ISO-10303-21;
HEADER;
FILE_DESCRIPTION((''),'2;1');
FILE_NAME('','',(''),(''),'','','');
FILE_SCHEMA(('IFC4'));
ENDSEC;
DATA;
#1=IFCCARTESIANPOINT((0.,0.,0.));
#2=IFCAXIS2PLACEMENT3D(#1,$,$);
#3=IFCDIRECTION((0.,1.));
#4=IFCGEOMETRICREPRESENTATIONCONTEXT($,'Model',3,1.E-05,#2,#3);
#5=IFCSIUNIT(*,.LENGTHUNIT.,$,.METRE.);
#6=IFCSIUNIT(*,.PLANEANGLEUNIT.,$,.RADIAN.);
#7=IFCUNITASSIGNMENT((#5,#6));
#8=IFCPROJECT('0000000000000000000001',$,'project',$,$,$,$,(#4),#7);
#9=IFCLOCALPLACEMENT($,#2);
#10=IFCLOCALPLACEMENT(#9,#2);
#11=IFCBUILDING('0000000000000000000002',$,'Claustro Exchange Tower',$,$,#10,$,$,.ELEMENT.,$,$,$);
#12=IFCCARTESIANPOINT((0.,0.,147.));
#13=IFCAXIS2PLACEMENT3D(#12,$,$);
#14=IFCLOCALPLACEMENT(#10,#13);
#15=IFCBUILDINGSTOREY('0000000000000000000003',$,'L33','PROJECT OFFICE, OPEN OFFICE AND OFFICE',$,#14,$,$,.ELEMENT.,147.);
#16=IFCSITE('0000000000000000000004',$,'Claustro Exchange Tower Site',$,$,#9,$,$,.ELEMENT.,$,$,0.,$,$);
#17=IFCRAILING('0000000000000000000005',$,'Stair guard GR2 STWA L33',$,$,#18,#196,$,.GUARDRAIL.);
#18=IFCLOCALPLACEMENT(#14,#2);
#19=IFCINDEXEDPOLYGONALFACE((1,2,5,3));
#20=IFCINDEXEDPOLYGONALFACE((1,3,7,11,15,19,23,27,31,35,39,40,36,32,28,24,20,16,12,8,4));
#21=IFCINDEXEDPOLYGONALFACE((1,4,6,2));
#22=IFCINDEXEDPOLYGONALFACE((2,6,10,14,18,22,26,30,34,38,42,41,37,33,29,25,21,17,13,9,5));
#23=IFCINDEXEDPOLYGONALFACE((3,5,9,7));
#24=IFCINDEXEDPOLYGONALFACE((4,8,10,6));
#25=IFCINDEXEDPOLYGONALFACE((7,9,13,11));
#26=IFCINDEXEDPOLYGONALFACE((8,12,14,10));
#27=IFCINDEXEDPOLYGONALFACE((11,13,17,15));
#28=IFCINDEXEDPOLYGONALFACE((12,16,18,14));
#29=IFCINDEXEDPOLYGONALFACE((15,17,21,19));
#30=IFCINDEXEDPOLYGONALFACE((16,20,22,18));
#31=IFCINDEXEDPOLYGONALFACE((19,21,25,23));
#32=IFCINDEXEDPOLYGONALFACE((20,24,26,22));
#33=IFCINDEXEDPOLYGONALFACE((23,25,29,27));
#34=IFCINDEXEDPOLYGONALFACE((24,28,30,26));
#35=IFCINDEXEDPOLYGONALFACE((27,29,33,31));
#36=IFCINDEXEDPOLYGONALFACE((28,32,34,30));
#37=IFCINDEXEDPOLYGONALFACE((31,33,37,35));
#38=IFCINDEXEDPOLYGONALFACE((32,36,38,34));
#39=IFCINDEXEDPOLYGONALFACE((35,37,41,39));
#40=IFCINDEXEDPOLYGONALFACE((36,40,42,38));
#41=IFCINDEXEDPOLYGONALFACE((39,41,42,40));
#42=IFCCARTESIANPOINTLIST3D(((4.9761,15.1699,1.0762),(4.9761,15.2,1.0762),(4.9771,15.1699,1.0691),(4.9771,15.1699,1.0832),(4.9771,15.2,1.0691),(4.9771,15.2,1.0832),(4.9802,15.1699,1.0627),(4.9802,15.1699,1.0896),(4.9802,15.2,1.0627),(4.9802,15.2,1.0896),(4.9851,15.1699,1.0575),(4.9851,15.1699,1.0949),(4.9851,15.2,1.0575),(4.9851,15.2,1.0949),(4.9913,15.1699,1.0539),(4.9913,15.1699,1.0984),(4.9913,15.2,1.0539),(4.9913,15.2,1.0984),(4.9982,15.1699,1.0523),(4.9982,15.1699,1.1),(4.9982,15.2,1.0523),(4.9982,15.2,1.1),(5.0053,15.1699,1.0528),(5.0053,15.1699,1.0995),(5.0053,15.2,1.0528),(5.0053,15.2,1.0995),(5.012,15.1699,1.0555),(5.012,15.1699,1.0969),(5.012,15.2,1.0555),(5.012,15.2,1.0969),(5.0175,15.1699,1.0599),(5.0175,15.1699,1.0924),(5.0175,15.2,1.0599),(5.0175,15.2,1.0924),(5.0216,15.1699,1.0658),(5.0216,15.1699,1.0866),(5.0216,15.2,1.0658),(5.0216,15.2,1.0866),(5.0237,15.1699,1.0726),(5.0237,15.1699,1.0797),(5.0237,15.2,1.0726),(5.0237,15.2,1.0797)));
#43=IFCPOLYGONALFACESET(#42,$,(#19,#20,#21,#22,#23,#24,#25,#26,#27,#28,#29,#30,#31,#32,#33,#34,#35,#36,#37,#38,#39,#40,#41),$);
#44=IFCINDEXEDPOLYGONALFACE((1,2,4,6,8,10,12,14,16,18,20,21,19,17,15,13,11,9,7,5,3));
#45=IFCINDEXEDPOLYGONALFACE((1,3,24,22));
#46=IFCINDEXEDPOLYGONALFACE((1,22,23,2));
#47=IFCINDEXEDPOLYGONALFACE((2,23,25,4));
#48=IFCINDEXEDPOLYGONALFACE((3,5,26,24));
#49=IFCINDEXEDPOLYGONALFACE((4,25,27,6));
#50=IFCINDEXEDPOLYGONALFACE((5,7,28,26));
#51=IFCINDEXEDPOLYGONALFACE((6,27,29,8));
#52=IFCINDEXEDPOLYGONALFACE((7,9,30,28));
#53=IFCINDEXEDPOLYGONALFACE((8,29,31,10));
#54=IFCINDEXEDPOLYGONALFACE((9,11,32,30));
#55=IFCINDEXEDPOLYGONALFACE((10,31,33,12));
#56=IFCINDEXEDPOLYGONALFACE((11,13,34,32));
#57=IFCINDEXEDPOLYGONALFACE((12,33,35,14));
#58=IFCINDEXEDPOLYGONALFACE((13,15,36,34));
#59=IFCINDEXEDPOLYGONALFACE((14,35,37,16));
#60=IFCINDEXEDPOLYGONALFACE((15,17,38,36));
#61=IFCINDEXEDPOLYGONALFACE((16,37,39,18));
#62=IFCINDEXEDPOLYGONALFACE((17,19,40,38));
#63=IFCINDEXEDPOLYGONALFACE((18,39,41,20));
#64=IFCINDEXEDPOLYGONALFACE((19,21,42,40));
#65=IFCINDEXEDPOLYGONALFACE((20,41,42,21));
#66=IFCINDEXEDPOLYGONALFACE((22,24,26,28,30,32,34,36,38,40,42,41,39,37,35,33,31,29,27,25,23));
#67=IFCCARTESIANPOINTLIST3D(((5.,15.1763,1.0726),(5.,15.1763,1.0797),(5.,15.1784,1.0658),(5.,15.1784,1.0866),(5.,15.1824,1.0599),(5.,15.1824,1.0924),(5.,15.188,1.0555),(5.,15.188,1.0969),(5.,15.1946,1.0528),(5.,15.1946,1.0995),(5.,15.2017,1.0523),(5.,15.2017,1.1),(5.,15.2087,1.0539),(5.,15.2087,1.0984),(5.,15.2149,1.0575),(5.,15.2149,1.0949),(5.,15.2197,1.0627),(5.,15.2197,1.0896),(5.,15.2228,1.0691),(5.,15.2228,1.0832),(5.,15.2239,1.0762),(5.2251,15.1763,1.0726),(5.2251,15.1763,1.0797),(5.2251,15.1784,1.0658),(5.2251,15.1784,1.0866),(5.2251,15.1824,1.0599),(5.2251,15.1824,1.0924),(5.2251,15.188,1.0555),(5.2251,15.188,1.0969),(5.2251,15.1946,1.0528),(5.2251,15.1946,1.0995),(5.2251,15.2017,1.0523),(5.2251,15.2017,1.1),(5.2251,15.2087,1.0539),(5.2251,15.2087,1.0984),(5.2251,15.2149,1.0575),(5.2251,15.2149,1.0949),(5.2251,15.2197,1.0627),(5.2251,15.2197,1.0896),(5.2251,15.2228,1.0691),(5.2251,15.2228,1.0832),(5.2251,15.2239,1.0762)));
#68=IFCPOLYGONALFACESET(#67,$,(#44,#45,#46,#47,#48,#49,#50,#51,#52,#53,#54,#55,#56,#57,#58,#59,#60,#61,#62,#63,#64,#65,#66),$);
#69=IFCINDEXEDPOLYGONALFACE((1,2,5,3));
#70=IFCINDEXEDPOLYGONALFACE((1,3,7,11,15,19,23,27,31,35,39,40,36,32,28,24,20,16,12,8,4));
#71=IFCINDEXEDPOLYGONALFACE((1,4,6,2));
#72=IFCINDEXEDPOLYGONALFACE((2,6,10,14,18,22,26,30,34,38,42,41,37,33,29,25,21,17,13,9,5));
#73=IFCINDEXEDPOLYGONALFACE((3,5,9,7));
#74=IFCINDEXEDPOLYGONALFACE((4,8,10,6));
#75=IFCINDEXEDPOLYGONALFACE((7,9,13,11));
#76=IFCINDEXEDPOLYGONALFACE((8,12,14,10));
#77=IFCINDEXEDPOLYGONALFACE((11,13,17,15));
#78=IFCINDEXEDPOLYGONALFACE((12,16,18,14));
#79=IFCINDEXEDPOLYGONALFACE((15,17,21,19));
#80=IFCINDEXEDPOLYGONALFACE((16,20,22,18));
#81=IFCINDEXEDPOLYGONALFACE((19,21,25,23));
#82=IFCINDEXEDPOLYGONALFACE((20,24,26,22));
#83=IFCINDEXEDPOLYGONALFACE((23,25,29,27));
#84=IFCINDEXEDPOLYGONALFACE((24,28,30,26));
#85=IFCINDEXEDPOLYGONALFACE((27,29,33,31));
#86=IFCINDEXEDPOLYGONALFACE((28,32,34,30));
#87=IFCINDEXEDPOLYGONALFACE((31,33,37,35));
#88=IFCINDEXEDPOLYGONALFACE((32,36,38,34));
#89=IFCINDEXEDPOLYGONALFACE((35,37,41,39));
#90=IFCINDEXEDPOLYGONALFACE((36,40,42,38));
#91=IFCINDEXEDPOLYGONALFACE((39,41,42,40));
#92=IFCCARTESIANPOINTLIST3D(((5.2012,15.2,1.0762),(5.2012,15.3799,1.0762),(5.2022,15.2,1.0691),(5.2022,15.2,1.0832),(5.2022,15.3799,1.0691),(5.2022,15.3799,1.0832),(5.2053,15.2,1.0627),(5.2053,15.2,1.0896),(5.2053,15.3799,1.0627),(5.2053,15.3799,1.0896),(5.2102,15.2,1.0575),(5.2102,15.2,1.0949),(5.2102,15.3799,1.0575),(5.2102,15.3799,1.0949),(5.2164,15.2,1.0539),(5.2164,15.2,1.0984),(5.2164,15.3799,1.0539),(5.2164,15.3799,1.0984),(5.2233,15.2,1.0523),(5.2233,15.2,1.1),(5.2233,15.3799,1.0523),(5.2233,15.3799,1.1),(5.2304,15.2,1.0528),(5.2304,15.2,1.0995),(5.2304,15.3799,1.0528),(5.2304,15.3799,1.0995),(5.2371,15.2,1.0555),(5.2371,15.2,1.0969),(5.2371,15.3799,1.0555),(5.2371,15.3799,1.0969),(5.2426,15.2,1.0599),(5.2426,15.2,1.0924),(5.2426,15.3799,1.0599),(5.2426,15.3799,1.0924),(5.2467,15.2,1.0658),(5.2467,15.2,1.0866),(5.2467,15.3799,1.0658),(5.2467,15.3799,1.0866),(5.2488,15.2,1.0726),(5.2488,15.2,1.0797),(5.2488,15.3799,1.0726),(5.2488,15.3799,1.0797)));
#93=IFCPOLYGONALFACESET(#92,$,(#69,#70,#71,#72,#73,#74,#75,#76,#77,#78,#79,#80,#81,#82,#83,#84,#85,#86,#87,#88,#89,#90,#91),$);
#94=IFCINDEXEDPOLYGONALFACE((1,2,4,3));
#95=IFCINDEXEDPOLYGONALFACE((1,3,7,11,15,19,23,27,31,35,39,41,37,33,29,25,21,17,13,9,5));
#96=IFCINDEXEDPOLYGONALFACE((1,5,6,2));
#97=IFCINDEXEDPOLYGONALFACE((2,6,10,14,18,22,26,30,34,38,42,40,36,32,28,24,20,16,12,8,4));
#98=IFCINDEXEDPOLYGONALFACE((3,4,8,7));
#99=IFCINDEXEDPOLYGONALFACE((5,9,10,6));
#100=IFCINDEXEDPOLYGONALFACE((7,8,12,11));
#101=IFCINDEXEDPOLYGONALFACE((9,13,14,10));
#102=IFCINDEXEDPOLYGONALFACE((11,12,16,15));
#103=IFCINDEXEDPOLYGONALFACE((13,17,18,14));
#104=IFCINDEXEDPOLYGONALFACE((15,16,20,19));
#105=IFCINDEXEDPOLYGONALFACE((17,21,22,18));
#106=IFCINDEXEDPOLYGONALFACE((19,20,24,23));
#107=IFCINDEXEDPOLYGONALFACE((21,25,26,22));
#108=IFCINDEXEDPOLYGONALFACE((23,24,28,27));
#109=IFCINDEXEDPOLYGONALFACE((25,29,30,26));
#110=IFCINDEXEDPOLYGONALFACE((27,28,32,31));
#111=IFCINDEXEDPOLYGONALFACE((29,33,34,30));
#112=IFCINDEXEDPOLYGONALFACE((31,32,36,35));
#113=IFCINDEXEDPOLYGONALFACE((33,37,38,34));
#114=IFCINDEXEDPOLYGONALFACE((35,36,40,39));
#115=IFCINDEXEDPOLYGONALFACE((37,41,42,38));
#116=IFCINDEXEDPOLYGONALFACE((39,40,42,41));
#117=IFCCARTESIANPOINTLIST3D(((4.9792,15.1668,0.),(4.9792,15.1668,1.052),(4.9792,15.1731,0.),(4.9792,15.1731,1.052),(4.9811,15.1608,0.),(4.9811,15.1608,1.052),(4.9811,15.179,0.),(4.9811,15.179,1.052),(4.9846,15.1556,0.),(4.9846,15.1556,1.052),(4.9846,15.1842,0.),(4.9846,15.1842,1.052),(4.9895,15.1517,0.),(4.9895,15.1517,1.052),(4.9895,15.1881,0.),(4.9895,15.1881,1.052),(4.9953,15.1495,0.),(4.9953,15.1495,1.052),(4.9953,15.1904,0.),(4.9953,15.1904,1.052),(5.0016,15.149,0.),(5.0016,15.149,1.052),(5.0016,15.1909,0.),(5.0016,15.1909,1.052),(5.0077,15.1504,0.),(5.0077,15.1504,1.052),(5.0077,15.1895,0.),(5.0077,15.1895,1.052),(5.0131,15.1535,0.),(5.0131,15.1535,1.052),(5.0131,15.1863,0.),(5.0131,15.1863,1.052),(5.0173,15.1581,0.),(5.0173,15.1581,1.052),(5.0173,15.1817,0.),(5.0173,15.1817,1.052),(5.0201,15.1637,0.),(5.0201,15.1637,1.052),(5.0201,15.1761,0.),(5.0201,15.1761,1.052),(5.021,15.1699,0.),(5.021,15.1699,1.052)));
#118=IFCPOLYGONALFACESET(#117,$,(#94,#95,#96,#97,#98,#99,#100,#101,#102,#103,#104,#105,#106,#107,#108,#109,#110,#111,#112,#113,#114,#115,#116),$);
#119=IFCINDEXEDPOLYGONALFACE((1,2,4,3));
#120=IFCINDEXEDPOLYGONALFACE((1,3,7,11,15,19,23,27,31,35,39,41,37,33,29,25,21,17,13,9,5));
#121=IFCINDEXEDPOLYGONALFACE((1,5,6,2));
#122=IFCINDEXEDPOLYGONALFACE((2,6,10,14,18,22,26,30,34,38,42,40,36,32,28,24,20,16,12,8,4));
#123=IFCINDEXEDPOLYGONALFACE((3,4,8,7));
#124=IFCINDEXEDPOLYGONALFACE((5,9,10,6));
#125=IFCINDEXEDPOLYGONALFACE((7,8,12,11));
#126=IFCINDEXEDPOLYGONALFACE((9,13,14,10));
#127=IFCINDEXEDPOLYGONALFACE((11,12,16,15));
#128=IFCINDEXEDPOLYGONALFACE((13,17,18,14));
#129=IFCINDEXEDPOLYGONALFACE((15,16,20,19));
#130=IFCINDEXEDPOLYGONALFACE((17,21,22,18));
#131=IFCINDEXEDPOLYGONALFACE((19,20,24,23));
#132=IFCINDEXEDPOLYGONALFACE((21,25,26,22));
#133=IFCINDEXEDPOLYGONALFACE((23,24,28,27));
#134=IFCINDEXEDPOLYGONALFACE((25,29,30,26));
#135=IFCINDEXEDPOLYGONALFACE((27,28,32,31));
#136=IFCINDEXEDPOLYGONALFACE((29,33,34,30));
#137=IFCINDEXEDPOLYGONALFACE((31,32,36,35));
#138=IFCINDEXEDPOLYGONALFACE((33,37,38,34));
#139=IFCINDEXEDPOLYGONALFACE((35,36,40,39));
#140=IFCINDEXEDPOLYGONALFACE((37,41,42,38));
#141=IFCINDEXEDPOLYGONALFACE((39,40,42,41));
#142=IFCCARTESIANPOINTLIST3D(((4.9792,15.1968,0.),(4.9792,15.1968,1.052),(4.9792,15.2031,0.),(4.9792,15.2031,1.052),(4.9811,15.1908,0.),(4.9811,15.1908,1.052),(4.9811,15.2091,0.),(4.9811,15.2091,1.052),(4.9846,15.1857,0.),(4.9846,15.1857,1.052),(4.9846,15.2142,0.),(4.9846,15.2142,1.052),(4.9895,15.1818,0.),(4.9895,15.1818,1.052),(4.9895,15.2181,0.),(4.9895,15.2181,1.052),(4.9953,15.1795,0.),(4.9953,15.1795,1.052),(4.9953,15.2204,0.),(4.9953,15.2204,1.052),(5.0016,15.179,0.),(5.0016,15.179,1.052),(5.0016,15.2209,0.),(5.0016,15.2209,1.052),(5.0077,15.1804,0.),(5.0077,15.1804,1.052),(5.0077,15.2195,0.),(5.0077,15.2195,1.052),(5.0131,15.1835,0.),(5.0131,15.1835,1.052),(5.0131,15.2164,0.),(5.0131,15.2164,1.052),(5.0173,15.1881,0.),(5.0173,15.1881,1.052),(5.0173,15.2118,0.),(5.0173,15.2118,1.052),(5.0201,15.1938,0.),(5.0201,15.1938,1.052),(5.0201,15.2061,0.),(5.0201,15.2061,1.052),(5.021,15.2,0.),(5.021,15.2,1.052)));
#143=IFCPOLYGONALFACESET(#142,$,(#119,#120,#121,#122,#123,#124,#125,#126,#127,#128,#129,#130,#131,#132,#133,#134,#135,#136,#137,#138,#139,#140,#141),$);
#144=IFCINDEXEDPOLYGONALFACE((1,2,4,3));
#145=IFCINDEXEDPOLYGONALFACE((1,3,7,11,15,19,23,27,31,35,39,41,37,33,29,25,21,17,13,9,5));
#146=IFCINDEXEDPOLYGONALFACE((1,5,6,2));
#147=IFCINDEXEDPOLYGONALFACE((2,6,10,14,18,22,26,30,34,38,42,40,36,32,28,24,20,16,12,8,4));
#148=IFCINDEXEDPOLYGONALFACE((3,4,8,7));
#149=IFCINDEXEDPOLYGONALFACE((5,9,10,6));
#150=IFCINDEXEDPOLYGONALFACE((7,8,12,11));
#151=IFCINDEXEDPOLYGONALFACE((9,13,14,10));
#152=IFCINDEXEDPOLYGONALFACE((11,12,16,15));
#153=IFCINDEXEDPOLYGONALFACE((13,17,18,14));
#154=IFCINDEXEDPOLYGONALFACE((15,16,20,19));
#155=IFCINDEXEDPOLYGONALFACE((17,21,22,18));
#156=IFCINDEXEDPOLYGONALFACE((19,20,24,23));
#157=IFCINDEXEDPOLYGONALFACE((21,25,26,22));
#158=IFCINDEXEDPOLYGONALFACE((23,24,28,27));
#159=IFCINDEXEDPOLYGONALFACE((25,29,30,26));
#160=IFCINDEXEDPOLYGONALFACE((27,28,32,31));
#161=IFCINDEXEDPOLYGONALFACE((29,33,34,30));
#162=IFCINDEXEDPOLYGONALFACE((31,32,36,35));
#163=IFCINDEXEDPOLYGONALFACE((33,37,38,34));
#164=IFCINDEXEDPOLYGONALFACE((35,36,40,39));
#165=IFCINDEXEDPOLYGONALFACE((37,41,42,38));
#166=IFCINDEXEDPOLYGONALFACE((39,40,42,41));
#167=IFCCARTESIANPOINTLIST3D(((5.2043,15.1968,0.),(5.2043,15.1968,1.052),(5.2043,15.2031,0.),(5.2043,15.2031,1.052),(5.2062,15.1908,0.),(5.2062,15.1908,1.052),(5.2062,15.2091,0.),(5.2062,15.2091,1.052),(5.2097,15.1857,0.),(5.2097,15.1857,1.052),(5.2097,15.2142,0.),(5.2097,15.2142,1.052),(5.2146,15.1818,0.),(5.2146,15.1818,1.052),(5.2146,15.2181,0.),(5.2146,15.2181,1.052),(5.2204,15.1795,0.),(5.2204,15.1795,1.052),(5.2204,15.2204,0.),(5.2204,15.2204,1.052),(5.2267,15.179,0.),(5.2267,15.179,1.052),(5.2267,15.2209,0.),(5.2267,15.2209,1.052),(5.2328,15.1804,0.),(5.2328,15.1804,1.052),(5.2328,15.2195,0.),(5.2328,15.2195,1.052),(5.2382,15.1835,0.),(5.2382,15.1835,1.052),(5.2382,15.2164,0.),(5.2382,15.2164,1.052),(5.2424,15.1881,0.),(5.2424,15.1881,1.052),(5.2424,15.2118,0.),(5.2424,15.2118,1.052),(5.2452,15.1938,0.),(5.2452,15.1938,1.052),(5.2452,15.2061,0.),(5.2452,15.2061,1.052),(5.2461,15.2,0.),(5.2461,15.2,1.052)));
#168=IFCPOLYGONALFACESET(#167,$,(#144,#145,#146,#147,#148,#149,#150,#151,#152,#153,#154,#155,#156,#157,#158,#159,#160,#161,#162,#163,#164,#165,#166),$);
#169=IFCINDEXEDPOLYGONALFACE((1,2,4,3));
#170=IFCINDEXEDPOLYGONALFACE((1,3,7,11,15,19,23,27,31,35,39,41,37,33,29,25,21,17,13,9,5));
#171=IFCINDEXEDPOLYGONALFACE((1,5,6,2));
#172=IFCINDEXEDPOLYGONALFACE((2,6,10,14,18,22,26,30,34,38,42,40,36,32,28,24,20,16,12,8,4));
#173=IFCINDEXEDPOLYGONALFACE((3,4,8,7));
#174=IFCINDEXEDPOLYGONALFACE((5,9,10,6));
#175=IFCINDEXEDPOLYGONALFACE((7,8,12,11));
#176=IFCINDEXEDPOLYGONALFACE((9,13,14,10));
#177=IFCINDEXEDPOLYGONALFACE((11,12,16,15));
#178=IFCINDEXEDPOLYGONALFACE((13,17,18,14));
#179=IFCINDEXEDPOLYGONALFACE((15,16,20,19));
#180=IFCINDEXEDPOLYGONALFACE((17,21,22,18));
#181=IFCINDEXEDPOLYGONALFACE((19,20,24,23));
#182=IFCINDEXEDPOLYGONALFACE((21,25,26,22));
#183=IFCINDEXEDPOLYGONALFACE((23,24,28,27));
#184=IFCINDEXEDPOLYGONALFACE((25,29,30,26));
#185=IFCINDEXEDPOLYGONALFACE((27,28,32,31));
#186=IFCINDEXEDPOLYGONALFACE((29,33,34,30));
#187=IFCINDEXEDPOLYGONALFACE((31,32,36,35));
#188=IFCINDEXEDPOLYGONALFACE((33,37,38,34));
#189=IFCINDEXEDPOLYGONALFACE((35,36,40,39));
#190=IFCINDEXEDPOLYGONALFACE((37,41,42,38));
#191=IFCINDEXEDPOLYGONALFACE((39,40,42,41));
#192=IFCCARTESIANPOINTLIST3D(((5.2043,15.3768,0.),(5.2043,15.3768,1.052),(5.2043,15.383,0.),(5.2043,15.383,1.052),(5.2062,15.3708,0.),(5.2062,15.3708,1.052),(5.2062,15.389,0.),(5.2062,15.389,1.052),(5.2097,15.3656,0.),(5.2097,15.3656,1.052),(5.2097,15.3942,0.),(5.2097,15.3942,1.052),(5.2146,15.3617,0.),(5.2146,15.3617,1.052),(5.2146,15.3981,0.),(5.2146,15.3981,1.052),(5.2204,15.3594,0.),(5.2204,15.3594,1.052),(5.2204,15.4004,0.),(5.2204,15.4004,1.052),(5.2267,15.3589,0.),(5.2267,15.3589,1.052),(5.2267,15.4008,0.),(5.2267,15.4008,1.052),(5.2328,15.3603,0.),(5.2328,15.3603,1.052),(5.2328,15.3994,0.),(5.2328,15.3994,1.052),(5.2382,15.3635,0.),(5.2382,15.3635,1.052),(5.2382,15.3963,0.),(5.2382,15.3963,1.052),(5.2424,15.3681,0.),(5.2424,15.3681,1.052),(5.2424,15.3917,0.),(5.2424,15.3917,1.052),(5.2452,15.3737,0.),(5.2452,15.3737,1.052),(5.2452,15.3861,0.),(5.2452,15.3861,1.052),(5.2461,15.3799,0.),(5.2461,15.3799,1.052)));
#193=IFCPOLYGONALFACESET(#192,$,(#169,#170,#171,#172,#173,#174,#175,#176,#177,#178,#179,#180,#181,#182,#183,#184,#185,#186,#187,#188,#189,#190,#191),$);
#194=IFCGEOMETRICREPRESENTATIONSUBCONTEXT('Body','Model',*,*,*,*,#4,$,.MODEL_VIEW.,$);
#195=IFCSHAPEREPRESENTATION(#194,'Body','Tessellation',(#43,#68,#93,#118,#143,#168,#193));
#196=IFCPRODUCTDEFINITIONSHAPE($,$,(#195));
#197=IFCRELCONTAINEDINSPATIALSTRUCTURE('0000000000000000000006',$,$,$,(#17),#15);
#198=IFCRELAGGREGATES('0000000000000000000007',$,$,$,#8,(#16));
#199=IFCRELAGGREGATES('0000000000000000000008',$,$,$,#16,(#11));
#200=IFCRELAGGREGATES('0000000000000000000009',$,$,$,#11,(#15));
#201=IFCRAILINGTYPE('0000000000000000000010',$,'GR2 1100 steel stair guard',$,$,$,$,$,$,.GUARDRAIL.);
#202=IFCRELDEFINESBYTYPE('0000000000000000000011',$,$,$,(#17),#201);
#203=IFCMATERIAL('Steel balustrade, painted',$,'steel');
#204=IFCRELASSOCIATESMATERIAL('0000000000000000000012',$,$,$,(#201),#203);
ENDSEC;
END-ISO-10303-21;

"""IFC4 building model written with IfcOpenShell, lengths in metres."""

from ifc_helpers import new_model, si_unit, direction, frame, origin, origin_2d, place, context, subcontext, project, spatial, circle, extrude, material, type_object, element, save


model = new_model("IFC4")

# Units and contexts
model_context = context("Model", 3, precision=1e-05, world=origin(), true_north=direction((0.0, 1.0)))
body_context = subcontext(model_context, "Body", "Model", "MODEL_VIEW")
ifc_project = project(units=[si_unit("LENGTHUNIT", "METRE"), si_unit("PLANEANGLEUNIT", "RADIAN")], contexts=[model_context])

# Site, building, storey
site_placement = place(None, origin())
site = spatial("IfcSite", under=ifc_project, at=site_placement, Name="Claustro Exchange Tower Site", CompositionType="ELEMENT", RefElevation=0.0)
building_placement = place(site_placement, origin())
building = spatial("IfcBuilding", under=site, at=building_placement, Name="Claustro Exchange Tower", CompositionType="ELEMENT")
storey_placement = place(building_placement, frame((0.0, 0.0, 147.0)))
storey = spatial("IfcBuildingStorey", under=building, at=storey_placement, Name="L33", Description="PROJECT OFFICE, OPEN OFFICE AND OFFICE", CompositionType="ELEMENT", Elevation=147.0)

# Railing
ifc_material_1 = material(Name="Steel balustrade, painted", Category="steel")
railing_type_1 = type_object("IfcRailingType", Name="GR2 1100 steel stair guard", PredefinedType="GUARDRAIL", material=ifc_material_1)
railing_1_placement = place(storey_placement, frame((5.0, 15.1699, 0.0)))
element("IfcRailing", 1, at=railing_1_placement, inside=storey, type_object=railing_type_1, Name="Stair guard GR2 STWA L33", PredefinedType="GUARDRAIL", context=body_context, shape_type="SweptSolid", body=[
    extrude(circle(Radius=0.0239, at=origin_2d()), frame((0.0, 0.0, 1.0762), z_axis=(0.0, 1.0, 0.0), x_axis=(-1.0, 0.0, 0.0)), (0.0, 0.0, 1.0), 0.03),
    extrude(circle(Radius=0.0239, at=origin_2d()), frame((0.0, 0.03, 1.0762), z_axis=(1.0, 0.0, 0.0), x_axis=(0.0, 1.0, 0.0)), (0.0, 0.0, 1.0), 0.2251),
    extrude(circle(Radius=0.0239, at=origin_2d()), frame((0.2251, 0.03, 1.0762), z_axis=(0.0, 1.0, 0.0), x_axis=(-1.0, 0.0, 0.0)), (0.0, 0.0, 1.0), 0.1799),
    extrude(circle(Radius=0.021, at=origin_2d()), origin(), (0.0, 0.0, 1.0), 1.052),
    extrude(circle(Radius=0.021, at=origin_2d()), frame((0.0, 0.03, 0.0)), (0.0, 0.0, 1.0), 1.052),
    extrude(circle(Radius=0.021, at=origin_2d()), frame((0.2251, 0.03, 0.0)), (0.0, 0.0, 1.0), 1.052),
    extrude(circle(Radius=0.021, at=origin_2d()), frame((0.2251, 0.21, 0.0)), (0.0, 0.0, 1.0), 1.052),
])

save(model, "model.ifc")
